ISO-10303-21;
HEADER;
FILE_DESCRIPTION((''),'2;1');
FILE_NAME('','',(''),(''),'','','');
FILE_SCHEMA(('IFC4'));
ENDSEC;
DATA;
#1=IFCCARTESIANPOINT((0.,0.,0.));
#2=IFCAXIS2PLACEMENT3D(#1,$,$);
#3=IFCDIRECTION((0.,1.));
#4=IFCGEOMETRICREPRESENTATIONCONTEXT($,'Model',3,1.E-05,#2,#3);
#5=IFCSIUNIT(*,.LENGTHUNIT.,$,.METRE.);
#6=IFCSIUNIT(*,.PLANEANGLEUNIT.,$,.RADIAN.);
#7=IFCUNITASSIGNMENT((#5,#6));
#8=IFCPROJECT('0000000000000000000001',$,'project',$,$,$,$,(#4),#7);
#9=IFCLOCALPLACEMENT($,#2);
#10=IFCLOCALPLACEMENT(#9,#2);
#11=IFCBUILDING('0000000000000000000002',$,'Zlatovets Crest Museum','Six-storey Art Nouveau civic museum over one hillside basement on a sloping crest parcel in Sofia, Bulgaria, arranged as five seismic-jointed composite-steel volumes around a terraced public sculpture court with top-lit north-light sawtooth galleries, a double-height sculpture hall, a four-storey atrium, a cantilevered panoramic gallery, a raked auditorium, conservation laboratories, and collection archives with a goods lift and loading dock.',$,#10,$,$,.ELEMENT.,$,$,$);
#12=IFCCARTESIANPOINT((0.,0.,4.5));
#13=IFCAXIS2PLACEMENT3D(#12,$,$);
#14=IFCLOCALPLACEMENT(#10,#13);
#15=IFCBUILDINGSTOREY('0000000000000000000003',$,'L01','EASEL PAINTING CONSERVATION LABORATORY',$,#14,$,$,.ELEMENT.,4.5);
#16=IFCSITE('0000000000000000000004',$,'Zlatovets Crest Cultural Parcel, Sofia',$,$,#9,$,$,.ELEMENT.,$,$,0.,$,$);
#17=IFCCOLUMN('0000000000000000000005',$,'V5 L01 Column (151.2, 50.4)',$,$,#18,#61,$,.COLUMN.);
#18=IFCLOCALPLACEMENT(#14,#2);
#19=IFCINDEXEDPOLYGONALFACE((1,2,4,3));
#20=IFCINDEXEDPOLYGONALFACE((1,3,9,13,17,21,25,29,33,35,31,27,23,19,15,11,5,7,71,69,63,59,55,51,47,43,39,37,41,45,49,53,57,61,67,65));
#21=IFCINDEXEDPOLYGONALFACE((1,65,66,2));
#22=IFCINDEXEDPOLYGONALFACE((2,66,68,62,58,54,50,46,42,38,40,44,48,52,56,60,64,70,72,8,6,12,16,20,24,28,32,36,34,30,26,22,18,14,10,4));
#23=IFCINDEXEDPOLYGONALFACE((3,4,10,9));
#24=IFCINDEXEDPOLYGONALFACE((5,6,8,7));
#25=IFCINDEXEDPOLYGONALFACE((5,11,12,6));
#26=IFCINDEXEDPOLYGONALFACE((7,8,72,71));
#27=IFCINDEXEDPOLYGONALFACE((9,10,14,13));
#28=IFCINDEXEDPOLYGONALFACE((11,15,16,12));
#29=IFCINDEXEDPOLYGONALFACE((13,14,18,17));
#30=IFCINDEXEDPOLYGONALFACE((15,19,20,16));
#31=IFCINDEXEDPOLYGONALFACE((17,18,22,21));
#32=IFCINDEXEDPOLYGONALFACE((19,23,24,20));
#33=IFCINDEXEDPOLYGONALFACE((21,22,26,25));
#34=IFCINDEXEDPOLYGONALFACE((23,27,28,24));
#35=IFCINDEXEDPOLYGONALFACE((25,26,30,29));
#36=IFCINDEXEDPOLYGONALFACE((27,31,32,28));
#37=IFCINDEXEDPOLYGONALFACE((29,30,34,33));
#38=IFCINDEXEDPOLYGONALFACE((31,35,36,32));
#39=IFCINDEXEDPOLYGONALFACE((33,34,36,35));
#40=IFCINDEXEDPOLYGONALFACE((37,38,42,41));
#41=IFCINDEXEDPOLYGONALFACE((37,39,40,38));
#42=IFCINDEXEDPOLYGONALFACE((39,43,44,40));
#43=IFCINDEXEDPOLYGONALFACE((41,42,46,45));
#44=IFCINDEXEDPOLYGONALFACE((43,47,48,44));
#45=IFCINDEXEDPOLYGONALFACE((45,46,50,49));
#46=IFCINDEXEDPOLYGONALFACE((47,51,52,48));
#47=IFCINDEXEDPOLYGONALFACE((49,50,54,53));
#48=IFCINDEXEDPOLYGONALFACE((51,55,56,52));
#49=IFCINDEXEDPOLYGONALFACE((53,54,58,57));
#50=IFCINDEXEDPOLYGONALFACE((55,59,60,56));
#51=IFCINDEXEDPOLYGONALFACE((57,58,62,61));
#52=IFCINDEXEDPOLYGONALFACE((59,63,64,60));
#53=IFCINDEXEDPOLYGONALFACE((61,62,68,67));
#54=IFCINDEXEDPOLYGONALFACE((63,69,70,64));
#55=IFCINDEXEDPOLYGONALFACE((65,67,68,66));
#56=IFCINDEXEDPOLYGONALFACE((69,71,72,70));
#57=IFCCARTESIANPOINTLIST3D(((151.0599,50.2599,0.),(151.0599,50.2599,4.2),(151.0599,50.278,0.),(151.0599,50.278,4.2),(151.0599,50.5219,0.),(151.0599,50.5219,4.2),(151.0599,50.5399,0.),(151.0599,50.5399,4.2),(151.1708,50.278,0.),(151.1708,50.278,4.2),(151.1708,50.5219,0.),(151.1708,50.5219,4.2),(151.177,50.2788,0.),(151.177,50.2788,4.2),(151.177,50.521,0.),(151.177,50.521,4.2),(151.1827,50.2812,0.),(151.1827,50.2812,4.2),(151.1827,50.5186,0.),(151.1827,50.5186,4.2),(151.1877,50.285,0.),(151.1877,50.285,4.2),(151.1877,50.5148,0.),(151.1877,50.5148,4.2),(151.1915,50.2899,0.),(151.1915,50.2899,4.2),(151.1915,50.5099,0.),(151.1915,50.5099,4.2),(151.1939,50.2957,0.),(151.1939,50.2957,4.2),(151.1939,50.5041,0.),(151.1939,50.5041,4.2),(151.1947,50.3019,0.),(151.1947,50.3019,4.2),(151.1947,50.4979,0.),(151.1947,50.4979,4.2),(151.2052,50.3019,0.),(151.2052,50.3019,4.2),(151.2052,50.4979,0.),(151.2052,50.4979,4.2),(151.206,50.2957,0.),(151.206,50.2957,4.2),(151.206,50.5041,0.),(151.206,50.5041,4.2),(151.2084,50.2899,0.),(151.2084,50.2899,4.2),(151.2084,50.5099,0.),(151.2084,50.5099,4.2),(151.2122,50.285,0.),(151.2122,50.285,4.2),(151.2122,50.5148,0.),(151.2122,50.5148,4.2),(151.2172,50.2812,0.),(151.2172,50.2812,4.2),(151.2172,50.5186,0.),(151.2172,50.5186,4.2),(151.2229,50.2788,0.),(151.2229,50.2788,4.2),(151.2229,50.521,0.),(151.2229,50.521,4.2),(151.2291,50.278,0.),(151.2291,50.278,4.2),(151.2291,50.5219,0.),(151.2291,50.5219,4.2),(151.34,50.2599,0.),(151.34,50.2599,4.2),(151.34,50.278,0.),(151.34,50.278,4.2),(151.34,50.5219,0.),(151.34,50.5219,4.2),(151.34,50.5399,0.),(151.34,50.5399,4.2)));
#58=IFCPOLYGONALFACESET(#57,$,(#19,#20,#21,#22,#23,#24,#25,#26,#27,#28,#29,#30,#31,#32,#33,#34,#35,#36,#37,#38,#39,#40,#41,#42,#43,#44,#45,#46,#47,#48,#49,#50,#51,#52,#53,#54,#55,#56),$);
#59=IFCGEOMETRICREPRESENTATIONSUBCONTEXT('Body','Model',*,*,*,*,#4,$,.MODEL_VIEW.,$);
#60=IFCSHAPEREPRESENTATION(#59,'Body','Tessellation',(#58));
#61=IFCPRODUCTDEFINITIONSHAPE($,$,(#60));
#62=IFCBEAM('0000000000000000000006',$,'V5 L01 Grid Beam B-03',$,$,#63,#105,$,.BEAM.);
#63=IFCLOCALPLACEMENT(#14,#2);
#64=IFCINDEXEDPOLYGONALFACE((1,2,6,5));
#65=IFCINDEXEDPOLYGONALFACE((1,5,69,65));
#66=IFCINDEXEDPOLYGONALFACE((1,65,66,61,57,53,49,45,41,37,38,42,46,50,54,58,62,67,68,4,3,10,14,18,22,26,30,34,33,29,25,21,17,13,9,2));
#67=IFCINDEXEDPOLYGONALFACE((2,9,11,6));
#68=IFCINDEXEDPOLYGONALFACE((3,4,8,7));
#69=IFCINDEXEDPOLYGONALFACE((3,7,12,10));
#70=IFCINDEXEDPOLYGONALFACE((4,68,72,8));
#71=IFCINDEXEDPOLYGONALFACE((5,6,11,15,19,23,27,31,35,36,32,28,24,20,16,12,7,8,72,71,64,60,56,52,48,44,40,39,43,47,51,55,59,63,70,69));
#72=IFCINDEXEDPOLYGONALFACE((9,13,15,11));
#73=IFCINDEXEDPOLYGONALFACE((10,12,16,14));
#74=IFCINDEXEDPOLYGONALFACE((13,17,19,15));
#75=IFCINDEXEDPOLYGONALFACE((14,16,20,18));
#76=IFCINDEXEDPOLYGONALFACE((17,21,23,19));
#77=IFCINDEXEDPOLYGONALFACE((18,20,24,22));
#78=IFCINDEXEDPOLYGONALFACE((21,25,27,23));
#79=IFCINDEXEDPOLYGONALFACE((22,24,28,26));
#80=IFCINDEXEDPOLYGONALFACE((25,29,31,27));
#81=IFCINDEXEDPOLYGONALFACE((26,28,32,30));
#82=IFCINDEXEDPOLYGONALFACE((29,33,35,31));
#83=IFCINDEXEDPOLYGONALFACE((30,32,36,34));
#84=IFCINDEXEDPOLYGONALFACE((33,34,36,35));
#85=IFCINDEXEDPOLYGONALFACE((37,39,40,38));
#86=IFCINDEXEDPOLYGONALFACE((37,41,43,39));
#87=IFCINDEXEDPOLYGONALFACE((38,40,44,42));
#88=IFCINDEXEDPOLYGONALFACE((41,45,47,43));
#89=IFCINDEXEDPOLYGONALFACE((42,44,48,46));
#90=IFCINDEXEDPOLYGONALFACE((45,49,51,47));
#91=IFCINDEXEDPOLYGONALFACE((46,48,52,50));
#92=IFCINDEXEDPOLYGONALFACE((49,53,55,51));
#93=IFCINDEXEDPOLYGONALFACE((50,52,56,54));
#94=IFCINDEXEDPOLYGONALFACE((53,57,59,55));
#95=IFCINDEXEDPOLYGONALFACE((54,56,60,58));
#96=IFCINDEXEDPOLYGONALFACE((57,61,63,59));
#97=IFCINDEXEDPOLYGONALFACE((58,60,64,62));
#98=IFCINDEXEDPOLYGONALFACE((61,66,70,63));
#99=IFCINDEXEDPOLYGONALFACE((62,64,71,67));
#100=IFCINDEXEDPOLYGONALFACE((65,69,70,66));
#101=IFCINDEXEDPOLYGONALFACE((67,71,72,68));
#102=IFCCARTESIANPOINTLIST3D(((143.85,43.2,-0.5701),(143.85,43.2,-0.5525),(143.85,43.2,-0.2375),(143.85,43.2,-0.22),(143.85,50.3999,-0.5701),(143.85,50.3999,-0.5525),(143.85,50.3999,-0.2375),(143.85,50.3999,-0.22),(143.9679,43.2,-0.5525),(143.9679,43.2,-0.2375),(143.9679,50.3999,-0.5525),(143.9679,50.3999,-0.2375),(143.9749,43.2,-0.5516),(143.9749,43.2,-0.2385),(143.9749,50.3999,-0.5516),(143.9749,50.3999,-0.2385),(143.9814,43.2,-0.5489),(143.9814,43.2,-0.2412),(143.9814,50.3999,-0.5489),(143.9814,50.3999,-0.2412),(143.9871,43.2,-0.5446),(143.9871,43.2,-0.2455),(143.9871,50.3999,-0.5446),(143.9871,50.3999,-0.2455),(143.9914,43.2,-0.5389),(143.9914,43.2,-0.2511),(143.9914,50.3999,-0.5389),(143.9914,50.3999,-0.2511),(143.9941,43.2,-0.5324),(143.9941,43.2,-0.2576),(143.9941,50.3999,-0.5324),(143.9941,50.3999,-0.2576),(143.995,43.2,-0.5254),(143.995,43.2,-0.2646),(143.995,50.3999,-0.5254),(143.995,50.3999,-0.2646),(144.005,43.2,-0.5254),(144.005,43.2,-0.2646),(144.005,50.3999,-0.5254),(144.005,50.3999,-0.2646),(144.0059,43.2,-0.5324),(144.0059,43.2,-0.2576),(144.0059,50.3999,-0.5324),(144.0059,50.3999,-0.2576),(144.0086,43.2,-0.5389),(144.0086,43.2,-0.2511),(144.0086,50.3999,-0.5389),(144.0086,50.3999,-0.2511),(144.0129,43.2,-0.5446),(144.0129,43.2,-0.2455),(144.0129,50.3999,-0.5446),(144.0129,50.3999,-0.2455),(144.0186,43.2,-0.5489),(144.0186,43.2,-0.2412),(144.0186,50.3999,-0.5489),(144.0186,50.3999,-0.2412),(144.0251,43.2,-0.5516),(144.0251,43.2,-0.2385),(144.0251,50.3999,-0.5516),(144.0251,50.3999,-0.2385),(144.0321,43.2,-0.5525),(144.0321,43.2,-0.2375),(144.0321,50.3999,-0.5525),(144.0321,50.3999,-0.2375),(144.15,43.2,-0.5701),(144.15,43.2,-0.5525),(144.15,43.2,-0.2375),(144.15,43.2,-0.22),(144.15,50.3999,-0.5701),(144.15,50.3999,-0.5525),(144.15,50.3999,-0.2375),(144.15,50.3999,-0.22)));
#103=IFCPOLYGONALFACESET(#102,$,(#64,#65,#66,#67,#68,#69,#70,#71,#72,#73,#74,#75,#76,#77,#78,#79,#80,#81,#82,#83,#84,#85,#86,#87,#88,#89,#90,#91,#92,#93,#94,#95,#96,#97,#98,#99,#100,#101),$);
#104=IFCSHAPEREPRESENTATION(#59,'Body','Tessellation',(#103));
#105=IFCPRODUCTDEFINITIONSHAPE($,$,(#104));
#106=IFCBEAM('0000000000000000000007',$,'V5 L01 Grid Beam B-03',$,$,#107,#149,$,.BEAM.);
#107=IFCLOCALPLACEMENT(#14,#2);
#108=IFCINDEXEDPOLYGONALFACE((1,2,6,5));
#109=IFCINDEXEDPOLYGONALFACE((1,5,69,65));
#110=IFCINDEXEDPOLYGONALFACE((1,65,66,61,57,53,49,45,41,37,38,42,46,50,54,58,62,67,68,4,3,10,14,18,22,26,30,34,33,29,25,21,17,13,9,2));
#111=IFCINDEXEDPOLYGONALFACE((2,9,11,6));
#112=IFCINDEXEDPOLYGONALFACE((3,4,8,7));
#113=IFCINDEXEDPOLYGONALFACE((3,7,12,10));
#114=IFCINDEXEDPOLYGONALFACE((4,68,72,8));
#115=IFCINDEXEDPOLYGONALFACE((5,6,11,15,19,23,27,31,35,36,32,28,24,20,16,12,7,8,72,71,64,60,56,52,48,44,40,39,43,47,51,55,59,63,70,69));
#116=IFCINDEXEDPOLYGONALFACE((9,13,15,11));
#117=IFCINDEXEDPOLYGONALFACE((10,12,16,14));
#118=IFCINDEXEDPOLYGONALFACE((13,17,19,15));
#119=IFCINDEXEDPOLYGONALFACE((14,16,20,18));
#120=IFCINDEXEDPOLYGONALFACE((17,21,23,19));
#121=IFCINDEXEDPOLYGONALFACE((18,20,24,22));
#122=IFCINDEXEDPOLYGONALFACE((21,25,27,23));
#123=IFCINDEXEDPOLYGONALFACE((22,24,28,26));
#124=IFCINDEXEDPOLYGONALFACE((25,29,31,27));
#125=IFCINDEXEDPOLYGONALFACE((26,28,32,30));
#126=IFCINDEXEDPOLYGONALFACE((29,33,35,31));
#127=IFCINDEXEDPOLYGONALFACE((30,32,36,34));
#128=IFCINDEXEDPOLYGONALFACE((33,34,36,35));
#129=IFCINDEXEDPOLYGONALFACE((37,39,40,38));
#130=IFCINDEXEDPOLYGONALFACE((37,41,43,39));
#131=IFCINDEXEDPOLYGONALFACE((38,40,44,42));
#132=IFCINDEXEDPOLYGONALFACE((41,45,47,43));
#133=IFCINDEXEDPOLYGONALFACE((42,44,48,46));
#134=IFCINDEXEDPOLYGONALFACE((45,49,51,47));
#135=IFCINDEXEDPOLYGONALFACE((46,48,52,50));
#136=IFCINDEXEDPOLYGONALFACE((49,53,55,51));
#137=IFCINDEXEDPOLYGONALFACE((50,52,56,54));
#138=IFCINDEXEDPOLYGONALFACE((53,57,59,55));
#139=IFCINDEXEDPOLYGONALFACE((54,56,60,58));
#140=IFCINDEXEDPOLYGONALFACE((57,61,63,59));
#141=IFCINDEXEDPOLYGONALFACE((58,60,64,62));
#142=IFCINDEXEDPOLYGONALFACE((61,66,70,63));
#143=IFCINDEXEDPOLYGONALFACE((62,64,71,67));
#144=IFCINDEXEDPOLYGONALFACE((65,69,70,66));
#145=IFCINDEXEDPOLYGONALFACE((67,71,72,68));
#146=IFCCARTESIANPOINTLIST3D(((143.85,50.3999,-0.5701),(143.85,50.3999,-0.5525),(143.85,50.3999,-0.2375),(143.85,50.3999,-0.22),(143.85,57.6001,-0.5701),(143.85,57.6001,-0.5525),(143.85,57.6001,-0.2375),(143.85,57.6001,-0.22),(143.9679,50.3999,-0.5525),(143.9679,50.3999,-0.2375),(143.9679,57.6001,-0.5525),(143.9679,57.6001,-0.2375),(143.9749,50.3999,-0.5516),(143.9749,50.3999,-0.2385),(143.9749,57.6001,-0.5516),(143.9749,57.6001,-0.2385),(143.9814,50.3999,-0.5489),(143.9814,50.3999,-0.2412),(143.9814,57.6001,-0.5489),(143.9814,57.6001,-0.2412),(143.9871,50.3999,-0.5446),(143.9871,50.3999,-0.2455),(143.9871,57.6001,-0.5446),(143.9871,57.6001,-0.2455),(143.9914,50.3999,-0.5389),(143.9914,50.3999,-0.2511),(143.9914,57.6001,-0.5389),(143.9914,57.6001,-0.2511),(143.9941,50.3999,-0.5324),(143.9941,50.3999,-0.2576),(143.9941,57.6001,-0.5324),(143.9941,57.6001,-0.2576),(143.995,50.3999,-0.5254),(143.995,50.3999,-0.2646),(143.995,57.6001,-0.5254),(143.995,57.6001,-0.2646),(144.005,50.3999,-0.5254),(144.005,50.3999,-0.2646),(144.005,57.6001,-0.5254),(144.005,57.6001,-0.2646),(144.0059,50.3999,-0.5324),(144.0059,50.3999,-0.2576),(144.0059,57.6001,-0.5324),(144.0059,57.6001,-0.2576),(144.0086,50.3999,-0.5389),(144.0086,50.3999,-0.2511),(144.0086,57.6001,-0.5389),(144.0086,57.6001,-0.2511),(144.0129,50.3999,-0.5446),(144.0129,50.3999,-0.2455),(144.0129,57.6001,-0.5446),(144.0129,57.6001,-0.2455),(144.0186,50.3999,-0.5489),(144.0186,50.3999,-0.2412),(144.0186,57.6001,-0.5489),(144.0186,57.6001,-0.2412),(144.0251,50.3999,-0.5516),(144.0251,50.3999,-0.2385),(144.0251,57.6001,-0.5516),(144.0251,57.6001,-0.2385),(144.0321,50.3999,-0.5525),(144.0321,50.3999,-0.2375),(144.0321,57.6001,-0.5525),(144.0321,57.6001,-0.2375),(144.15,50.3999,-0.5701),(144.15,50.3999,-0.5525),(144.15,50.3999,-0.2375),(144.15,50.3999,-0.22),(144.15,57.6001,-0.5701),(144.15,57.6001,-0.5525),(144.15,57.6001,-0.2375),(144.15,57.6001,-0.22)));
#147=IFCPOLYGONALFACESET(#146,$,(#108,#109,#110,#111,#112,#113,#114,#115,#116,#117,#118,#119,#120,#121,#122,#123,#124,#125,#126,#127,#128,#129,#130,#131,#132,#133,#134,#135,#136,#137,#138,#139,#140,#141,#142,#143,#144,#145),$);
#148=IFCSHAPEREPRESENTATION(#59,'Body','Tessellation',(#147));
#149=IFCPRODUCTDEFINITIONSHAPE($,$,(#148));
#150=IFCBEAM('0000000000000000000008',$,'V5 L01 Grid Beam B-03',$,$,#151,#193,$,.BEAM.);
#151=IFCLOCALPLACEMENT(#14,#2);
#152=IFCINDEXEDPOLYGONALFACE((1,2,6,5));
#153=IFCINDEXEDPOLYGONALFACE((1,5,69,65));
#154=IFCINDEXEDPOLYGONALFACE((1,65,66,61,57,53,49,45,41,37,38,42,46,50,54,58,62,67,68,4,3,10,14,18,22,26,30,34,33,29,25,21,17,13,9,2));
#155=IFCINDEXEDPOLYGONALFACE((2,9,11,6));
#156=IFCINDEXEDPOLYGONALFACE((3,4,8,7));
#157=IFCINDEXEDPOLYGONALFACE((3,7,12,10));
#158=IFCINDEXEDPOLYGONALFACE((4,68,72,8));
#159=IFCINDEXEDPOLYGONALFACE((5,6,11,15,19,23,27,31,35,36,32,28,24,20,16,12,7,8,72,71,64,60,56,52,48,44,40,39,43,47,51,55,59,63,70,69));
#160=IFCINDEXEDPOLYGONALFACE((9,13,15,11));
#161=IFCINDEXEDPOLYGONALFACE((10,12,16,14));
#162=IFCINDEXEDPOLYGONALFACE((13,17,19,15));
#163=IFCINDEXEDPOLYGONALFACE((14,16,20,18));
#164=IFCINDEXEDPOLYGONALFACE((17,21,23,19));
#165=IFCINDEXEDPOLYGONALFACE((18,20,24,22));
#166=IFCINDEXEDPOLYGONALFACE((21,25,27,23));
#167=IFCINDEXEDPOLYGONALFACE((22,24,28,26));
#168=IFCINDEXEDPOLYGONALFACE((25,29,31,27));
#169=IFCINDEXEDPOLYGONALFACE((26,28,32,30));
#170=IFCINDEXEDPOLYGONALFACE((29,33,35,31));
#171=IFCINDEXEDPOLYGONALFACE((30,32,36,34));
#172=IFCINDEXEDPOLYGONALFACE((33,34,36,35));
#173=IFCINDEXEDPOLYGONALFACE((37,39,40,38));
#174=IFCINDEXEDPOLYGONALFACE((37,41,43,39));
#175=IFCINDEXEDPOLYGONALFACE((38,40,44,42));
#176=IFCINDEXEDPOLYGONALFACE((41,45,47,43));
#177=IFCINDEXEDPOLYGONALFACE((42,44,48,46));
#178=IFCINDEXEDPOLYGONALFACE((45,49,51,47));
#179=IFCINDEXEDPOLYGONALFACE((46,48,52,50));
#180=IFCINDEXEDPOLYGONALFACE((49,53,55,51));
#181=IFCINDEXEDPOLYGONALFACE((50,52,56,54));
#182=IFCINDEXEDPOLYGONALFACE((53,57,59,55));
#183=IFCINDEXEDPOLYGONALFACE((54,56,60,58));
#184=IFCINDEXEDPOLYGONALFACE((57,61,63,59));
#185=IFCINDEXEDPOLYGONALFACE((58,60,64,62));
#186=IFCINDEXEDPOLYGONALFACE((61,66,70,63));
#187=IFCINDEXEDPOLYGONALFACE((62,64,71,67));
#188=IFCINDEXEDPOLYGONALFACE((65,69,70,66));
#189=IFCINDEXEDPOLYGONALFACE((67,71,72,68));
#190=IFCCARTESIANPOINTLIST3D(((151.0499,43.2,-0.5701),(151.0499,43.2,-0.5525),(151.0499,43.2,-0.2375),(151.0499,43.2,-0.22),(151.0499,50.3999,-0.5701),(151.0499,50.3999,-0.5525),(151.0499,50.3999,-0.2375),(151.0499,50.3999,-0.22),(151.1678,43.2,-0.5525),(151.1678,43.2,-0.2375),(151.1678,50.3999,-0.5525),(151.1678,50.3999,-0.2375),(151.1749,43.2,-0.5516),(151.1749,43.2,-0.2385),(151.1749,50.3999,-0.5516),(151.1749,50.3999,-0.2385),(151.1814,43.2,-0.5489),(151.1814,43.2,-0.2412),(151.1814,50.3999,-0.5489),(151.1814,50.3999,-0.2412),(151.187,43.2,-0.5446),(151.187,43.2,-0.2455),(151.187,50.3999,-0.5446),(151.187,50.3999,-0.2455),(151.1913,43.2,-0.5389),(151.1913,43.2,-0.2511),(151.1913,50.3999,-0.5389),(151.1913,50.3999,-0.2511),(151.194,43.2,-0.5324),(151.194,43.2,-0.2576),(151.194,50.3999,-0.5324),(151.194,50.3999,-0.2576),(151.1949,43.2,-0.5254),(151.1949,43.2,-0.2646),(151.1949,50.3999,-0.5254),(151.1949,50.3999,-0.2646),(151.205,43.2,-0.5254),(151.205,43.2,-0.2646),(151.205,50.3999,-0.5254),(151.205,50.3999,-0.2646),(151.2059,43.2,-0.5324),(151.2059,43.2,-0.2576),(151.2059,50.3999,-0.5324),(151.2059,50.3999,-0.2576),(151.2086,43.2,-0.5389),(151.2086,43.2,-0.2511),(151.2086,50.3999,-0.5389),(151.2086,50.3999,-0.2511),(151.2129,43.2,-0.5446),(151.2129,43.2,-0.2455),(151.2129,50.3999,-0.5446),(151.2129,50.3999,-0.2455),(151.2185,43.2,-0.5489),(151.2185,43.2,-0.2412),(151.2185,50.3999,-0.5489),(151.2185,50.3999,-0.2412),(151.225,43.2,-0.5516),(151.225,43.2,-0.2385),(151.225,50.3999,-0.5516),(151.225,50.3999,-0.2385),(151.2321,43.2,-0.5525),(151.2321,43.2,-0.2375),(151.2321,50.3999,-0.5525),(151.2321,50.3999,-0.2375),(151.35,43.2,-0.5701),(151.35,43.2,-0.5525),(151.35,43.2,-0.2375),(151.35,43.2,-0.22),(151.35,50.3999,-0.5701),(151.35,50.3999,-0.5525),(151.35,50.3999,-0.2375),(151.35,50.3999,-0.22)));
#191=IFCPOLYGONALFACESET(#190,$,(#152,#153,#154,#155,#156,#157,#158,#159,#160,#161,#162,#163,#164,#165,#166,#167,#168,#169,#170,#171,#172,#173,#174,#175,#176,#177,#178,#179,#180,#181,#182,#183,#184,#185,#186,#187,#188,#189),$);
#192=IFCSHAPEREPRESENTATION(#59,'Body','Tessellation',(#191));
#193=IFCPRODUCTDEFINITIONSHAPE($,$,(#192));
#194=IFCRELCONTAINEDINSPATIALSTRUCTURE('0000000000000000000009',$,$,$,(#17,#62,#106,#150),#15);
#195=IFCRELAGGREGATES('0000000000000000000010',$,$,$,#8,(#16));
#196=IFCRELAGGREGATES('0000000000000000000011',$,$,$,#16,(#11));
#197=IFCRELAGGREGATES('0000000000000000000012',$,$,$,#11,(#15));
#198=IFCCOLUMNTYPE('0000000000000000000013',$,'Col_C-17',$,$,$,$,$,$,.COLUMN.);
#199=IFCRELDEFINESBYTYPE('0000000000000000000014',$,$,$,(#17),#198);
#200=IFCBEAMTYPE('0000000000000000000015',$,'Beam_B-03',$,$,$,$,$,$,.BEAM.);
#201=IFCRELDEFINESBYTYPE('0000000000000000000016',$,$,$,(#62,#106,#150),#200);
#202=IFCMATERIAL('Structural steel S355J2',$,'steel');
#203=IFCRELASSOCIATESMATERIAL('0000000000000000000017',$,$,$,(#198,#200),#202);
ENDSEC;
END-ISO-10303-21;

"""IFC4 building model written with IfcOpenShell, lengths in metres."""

from ifc_helpers import new_model, si_unit, direction, frame, origin, origin_2d, place, context, subcontext, project, spatial, i_section, extrude, material, material_profile, profile_set, type_object, element, save


model = new_model("IFC4")

# Units and contexts
model_context = context("Model", 3, precision=1e-05, world=origin(), true_north=direction((0.0, 1.0)))
body_context = subcontext(model_context, "Body", "Model", "MODEL_VIEW")
ifc_project = project(units=[si_unit("LENGTHUNIT", "METRE"), si_unit("PLANEANGLEUNIT", "RADIAN")], contexts=[model_context])

# Site, building, storey
site_placement = place(None, origin())
site = spatial("IfcSite", under=ifc_project, at=site_placement, Name="Zlatovets Crest Cultural Parcel, Sofia", CompositionType="ELEMENT", RefElevation=0.0)
building_placement = place(site_placement, origin())
building = spatial("IfcBuilding", under=site, at=building_placement, Name="Zlatovets Crest Museum", Description="Six-storey Art Nouveau civic museum over one hillside basement on a sloping crest parcel in Sofia, Bulgaria, arranged as five seismic-jointed composite-steel volumes around a terraced public sculpture court with top-lit north-light sawtooth galleries, a double-height sculpture hall, a four-storey atrium, a cantilevered panoramic gallery, a raked auditorium, conservation laboratories, and collection archives with a goods lift and loading dock.", CompositionType="ELEMENT")
storey_placement = place(building_placement, frame((0.0, 0.0, 4.5)))
storey = spatial("IfcBuildingStorey", under=building, at=storey_placement, Name="L01", Description="EASEL PAINTING CONSERVATION LABORATORY", CompositionType="ELEMENT", Elevation=4.5)

# Column
ifc_material_1 = material(Name="Structural steel S355J2", Category="steel")
ifc_material_profile_1 = material_profile(ifc_material_1, i_section(OverallWidth=0.28, OverallDepth=0.28, WebThickness=0.0105, FlangeThickness=0.0181, FilletRadius=0.0239, at=origin_2d()), Name="HEB 280")
ifc_profile_set_1 = profile_set([ifc_material_profile_1], Name="Structural steel S355J2")
column_type = type_object("IfcColumnType", Name="Col_C-17", PredefinedType="COLUMN", material=ifc_profile_set_1)
for number, where, z_axis, x_axis, name in (
    (1, (151.2, 50.3999, 0.0), (0.0, 0.0, 1.0), (1.0, 0.0, 0.0), "V5 L01 Column (151.2, 50.4)"),
):
    element("IfcColumn", number, at=place(storey_placement, frame(where, z_axis=z_axis, x_axis=x_axis)), inside=storey, type_object=column_type, Name=name, PredefinedType="COLUMN", context=body_context, shape_type="SweptSolid", body=[
        extrude(i_section(OverallWidth=0.28, OverallDepth=0.28, WebThickness=0.0105, FlangeThickness=0.0181, FilletRadius=0.0239, at=origin_2d()), origin(), (0.0, 0.0, 1.0), 4.2),
    ])

# Beams
ifc_material_profile_2 = material_profile(ifc_material_1, i_section(OverallWidth=0.3, OverallDepth=0.3501, WebThickness=0.01, FlangeThickness=0.0176, FilletRadius=0.0271, at=origin_2d()), Name="HEA 360")
ifc_profile_set_2 = profile_set([ifc_material_profile_2], Name="Structural steel S355J2")
beam_type_1 = type_object("IfcBeamType", Name="Beam_B-03", PredefinedType="BEAM", material=ifc_profile_set_2)
beam_1_placement = place(storey_placement, frame((144.0, 43.2, -0.395), z_axis=(0.0, 1.0, 0.0), x_axis=(-1.0, 0.0, 0.0)))
element("IfcBeam", 2, at=beam_1_placement, inside=storey, type_object=beam_type_1, Name="V5 L01 Grid Beam B-03", PredefinedType="BEAM", context=body_context, shape_type="SweptSolid", body=[
    extrude(i_section(OverallWidth=0.3, OverallDepth=0.3501, WebThickness=0.01, FlangeThickness=0.0176, FilletRadius=0.0271, at=origin_2d()), origin(), (0.0, 0.0, 1.0), 7.2),
])
beam_2_placement = place(storey_placement, frame((144.0, 50.3999, -0.395), z_axis=(0.0, 1.0, 0.0), x_axis=(-1.0, 0.0, 0.0)))
element("IfcBeam", 3, at=beam_2_placement, inside=storey, type_object=beam_type_1, Name="V5 L01 Grid Beam B-03", PredefinedType="BEAM", context=body_context, shape_type="SweptSolid", body=[
    extrude(i_section(OverallWidth=0.3, OverallDepth=0.3501, WebThickness=0.01, FlangeThickness=0.0176, FilletRadius=0.0271, at=origin_2d()), origin(), (0.0, 0.0, 1.0), 7.2002),
])
beam_3_placement = place(storey_placement, frame((151.2, 43.2, -0.395), z_axis=(0.0, 1.0, 0.0), x_axis=(-1.0, 0.0, 0.0)))
element("IfcBeam", 4, at=beam_3_placement, inside=storey, type_object=beam_type_1, Name="V5 L01 Grid Beam B-03", PredefinedType="BEAM", context=body_context, shape_type="SweptSolid", body=[
    extrude(i_section(OverallWidth=0.3, OverallDepth=0.3501, WebThickness=0.01, FlangeThickness=0.0176, FilletRadius=0.0271, at=origin_2d()), origin(), (0.0, 0.0, 1.0), 7.2),
])

save(model, "model.ifc")
